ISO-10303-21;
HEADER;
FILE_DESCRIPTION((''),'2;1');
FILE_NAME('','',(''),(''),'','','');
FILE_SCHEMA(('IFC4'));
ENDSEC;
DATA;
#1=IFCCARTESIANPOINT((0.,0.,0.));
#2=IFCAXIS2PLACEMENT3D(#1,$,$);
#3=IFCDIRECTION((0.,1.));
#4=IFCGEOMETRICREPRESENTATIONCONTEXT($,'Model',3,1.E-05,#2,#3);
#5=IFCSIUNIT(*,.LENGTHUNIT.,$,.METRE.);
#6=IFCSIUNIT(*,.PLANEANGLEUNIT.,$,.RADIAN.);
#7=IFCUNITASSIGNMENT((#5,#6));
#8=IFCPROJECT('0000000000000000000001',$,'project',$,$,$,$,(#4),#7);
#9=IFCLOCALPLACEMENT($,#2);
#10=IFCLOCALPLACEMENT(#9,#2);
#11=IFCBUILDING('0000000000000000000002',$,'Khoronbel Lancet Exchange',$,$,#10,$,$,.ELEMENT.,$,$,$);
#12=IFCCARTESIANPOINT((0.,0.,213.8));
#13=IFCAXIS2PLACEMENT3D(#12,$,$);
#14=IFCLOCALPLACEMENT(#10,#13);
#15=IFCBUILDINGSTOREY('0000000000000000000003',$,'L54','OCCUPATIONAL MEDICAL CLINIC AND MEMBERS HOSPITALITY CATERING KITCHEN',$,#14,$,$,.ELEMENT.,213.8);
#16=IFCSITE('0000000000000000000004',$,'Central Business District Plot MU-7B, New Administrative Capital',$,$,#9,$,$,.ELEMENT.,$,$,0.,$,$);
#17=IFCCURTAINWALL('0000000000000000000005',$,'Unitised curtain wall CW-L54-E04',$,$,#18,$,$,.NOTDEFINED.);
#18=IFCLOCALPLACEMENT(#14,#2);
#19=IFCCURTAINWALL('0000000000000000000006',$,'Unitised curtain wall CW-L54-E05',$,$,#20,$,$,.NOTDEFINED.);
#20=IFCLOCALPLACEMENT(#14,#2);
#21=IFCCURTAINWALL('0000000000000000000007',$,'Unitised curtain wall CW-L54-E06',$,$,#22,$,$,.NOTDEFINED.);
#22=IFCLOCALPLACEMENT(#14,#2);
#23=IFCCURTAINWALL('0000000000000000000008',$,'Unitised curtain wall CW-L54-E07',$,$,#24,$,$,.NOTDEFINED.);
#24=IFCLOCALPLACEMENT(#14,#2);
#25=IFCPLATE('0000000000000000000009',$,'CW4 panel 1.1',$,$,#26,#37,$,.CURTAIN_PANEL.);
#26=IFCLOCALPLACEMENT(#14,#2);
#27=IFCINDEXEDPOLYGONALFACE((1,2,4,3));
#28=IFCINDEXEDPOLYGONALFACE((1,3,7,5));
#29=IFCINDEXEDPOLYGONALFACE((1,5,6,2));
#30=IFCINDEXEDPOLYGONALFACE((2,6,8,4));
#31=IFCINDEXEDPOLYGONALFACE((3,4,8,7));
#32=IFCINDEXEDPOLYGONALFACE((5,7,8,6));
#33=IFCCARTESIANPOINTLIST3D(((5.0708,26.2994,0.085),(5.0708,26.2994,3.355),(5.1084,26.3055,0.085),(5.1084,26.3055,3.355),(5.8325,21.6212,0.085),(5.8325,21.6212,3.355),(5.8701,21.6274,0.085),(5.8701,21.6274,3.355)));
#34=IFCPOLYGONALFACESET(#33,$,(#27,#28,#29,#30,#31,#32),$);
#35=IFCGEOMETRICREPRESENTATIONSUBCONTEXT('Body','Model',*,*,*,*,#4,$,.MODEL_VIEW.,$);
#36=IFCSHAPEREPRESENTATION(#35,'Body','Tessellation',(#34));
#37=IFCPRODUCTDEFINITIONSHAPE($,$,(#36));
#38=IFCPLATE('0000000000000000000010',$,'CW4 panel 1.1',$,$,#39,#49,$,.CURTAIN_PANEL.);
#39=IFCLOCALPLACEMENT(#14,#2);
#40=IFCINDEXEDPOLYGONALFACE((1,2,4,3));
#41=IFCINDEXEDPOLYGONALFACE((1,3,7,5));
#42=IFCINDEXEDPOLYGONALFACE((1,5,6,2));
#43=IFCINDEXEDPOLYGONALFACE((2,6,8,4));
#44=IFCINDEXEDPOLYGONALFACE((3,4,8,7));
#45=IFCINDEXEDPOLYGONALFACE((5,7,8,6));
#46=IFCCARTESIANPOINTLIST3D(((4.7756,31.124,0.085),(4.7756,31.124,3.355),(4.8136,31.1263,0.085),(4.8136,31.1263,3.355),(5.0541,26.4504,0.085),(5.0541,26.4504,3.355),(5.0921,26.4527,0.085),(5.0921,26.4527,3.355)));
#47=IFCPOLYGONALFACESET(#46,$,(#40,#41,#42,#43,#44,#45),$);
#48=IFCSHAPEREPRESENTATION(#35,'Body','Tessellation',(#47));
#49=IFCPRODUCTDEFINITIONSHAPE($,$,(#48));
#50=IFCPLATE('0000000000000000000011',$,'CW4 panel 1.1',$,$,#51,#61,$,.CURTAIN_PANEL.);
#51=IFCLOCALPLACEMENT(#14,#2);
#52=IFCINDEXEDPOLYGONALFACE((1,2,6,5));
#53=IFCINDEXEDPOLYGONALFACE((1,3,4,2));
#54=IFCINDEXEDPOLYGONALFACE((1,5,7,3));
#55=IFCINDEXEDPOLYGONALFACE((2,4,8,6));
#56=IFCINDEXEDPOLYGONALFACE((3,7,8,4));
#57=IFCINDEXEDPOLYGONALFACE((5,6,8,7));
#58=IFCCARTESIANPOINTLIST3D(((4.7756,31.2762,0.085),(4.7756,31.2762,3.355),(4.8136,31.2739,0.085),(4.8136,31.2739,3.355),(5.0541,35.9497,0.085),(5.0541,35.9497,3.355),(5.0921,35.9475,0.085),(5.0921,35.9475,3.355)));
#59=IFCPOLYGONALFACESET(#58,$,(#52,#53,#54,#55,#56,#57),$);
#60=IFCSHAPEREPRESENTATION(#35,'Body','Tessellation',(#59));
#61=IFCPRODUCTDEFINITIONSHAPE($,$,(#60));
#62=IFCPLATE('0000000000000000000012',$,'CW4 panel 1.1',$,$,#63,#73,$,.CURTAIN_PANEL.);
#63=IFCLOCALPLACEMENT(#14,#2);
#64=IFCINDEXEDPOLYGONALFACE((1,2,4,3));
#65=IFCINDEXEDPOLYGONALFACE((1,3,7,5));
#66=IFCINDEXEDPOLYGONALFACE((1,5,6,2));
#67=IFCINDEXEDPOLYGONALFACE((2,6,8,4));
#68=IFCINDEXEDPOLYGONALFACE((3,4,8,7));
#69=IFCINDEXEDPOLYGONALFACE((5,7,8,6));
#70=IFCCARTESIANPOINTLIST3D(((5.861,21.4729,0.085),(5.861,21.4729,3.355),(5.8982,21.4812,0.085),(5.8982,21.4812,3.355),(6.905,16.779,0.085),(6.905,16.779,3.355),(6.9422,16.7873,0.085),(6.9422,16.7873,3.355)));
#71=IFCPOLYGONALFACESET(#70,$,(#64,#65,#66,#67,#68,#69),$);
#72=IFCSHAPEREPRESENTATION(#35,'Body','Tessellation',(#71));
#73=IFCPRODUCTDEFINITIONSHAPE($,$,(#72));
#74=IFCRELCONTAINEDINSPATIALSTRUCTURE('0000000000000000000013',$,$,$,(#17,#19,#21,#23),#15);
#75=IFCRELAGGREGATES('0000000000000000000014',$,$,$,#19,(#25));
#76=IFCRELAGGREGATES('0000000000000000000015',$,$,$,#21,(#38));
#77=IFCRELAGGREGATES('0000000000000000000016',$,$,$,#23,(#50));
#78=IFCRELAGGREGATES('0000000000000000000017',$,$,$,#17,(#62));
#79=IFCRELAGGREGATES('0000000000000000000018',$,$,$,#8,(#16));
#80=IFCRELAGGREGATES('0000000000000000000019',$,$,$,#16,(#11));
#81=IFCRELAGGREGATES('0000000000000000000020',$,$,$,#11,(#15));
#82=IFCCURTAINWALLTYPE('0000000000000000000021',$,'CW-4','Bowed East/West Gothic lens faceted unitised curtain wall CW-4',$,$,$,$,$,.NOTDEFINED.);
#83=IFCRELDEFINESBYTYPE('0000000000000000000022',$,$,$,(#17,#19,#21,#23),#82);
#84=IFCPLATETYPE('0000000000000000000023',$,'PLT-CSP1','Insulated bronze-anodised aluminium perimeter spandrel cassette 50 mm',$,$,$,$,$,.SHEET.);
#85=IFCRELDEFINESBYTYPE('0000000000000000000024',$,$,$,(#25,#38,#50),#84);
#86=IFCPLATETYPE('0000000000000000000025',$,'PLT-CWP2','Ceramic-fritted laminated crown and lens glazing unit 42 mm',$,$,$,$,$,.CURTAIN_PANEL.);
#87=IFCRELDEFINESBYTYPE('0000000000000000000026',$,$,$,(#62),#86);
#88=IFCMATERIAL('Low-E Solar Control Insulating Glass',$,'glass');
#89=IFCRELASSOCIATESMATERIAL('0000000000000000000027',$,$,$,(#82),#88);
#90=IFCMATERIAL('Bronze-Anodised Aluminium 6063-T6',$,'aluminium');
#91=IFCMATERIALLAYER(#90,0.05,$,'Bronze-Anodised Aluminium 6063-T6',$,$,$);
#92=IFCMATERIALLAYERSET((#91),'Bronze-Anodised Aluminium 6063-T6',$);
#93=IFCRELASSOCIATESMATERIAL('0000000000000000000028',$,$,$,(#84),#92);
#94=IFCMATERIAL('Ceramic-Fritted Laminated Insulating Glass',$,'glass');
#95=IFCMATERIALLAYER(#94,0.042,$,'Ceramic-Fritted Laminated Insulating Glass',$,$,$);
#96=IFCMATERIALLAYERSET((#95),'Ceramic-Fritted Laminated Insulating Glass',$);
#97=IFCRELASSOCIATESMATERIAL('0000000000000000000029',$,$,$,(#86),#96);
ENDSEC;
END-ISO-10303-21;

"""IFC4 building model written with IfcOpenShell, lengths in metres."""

from ifc_helpers import new_model, si_unit, direction, frame, origin, origin_2d, place, context, subcontext, project, spatial, rectangle, extrude, material, layer, layer_set, type_object, element, aggregate, save


model = new_model("IFC4")

# Units and contexts
model_context = context("Model", 3, precision=1e-05, world=origin(), true_north=direction((0.0, 1.0)))
body_context = subcontext(model_context, "Body", "Model", "MODEL_VIEW")
ifc_project = project(units=[si_unit("LENGTHUNIT", "METRE"), si_unit("PLANEANGLEUNIT", "RADIAN")], contexts=[model_context])

# Site, building, storey
site_placement = place(None, origin())
site = spatial("IfcSite", under=ifc_project, at=site_placement, Name="Central Business District Plot MU-7B, New Administrative Capital", CompositionType="ELEMENT", RefElevation=0.0)
building_placement = place(site_placement, origin())
building = spatial("IfcBuilding", under=site, at=building_placement, Name="Khoronbel Lancet Exchange", CompositionType="ELEMENT")
storey_placement = place(building_placement, frame((0.0, 0.0, 213.8)))
storey = spatial("IfcBuildingStorey", under=building, at=storey_placement, Name="L54", Description="OCCUPATIONAL MEDICAL CLINIC AND MEMBERS HOSPITALITY CATERING KITCHEN", CompositionType="ELEMENT", Elevation=213.8)

# Curtain walls
ifc_material_1 = material(Name="Low-E Solar Control Insulating Glass", Category="glass")
curtain_wall_type = type_object("IfcCurtainWallType", Name="CW-4", Description="Bowed East/West Gothic lens faceted unitised curtain wall CW-4", PredefinedType="NOTDEFINED", material=ifc_material_1)
curtain_wall_1_placement = place(storey_placement, origin())
curtain_wall_1 = element("IfcCurtainWall", 1, at=curtain_wall_1_placement, inside=storey, type_object=curtain_wall_type, Name="Unitised curtain wall CW-L54-E04", PredefinedType="NOTDEFINED")
ifc_material_2 = material(Name="Bronze-Anodised Aluminium 6063-T6", Category="aluminium")
curtain_wall_2_placement = place(storey_placement, origin())
curtain_wall_2 = element("IfcCurtainWall", 2, at=curtain_wall_2_placement, inside=storey, type_object=curtain_wall_type, Name="Unitised curtain wall CW-L54-E05", PredefinedType="NOTDEFINED")
curtain_wall_3_placement = place(storey_placement, origin())
curtain_wall_3 = element("IfcCurtainWall", 3, at=curtain_wall_3_placement, inside=storey, type_object=curtain_wall_type, Name="Unitised curtain wall CW-L54-E06", PredefinedType="NOTDEFINED")

# Curtain wall
curtain_wall_4_placement = place(storey_placement, origin())
curtain_wall_4 = element("IfcCurtainWall", 4, at=curtain_wall_4_placement, inside=storey, type_object=curtain_wall_type, Name="Unitised curtain wall CW-L54-E07", PredefinedType="NOTDEFINED")

# Plates
ifc_layer_1 = layer(ifc_material_2, 0.05, Name="Bronze-Anodised Aluminium 6063-T6")
ifc_layer_set_1 = layer_set([ifc_layer_1], Name="Bronze-Anodised Aluminium 6063-T6")
plate_type_1 = type_object("IfcPlateType", Name="PLT-CSP1", Description="Insulated bronze-anodised aluminium perimeter spandrel cassette 50 mm", PredefinedType="SHEET", material=ifc_layer_set_1)
plate_1_placement = place(storey_placement, frame((5.4705, 23.9634, 0.085), z_axis=(0.0, 0.0, 1.0), x_axis=(-0.1607, 0.987003, 0.0)))
plate_1 = element("IfcPlate", 5, at=plate_1_placement, type_object=plate_type_1, Name="CW4 panel 1.1", PredefinedType="CURTAIN_PANEL", context=body_context, shape_type="SweptSolid", body=[
    extrude(rectangle(XDim=4.7397, YDim=0.0381, at=origin_2d()), origin(), (0.0, 0.0, 1.0), 3.27),
])
aggregate(curtain_wall_2, [plate_1])
plate_2_placement = place(storey_placement, frame((4.9338, 28.7883, 0.085), z_axis=(0.0, 0.0, 1.0), x_axis=(-0.059479, 0.99823, 0.0)))
plate_2 = element("IfcPlate", 6, at=plate_2_placement, type_object=plate_type_1, Name="CW4 panel 1.1", PredefinedType="CURTAIN_PANEL", context=body_context, shape_type="SweptSolid", body=[
    extrude(rectangle(XDim=4.6819, YDim=0.0381, at=origin_2d()), origin(), (0.0, 0.0, 1.0), 3.27),
])
aggregate(curtain_wall_3, [plate_2])
plate_3_placement = place(storey_placement, frame((4.9338, 33.6118, 0.085), z_axis=(0.0, 0.0, 1.0), x_axis=(0.059479, 0.99823, 0.0)))
plate_3 = element("IfcPlate", 7, at=plate_3_placement, type_object=plate_type_1, Name="CW4 panel 1.1", PredefinedType="CURTAIN_PANEL", context=body_context, shape_type="SweptSolid", body=[
    extrude(rectangle(XDim=4.6819, YDim=0.0381, at=origin_2d()), origin(), (0.0, 0.0, 1.0), 3.27),
])
aggregate(curtain_wall_4, [plate_3])
ifc_material_3 = material(Name="Ceramic-Fritted Laminated Insulating Glass", Category="glass")
ifc_layer_2 = layer(ifc_material_3, 0.042, Name="Ceramic-Fritted Laminated Insulating Glass")
ifc_layer_set_2 = layer_set([ifc_layer_2], Name="Ceramic-Fritted Laminated Insulating Glass")
plate_type_2 = type_object("IfcPlateType", Name="PLT-CWP2", Description="Ceramic-fritted laminated crown and lens glazing unit 42 mm", PredefinedType="CURTAIN_PANEL", material=ifc_layer_set_2)
plate_4_placement = place(storey_placement, frame((6.4016, 19.1301, 0.085), z_axis=(0.0, 0.0, 1.0), x_axis=(-0.217114, 0.976146, 0.0)))
plate_4 = element("IfcPlate", 8, at=plate_4_placement, type_object=plate_type_2, Name="CW4 panel 1.1", PredefinedType="CURTAIN_PANEL", context=body_context, shape_type="SweptSolid", body=[
    extrude(rectangle(XDim=4.8086, YDim=0.0381, at=origin_2d()), origin(), (0.0, 0.0, 1.0), 3.27),
])
aggregate(curtain_wall_1, [plate_4])

save(model, "model.ifc")
